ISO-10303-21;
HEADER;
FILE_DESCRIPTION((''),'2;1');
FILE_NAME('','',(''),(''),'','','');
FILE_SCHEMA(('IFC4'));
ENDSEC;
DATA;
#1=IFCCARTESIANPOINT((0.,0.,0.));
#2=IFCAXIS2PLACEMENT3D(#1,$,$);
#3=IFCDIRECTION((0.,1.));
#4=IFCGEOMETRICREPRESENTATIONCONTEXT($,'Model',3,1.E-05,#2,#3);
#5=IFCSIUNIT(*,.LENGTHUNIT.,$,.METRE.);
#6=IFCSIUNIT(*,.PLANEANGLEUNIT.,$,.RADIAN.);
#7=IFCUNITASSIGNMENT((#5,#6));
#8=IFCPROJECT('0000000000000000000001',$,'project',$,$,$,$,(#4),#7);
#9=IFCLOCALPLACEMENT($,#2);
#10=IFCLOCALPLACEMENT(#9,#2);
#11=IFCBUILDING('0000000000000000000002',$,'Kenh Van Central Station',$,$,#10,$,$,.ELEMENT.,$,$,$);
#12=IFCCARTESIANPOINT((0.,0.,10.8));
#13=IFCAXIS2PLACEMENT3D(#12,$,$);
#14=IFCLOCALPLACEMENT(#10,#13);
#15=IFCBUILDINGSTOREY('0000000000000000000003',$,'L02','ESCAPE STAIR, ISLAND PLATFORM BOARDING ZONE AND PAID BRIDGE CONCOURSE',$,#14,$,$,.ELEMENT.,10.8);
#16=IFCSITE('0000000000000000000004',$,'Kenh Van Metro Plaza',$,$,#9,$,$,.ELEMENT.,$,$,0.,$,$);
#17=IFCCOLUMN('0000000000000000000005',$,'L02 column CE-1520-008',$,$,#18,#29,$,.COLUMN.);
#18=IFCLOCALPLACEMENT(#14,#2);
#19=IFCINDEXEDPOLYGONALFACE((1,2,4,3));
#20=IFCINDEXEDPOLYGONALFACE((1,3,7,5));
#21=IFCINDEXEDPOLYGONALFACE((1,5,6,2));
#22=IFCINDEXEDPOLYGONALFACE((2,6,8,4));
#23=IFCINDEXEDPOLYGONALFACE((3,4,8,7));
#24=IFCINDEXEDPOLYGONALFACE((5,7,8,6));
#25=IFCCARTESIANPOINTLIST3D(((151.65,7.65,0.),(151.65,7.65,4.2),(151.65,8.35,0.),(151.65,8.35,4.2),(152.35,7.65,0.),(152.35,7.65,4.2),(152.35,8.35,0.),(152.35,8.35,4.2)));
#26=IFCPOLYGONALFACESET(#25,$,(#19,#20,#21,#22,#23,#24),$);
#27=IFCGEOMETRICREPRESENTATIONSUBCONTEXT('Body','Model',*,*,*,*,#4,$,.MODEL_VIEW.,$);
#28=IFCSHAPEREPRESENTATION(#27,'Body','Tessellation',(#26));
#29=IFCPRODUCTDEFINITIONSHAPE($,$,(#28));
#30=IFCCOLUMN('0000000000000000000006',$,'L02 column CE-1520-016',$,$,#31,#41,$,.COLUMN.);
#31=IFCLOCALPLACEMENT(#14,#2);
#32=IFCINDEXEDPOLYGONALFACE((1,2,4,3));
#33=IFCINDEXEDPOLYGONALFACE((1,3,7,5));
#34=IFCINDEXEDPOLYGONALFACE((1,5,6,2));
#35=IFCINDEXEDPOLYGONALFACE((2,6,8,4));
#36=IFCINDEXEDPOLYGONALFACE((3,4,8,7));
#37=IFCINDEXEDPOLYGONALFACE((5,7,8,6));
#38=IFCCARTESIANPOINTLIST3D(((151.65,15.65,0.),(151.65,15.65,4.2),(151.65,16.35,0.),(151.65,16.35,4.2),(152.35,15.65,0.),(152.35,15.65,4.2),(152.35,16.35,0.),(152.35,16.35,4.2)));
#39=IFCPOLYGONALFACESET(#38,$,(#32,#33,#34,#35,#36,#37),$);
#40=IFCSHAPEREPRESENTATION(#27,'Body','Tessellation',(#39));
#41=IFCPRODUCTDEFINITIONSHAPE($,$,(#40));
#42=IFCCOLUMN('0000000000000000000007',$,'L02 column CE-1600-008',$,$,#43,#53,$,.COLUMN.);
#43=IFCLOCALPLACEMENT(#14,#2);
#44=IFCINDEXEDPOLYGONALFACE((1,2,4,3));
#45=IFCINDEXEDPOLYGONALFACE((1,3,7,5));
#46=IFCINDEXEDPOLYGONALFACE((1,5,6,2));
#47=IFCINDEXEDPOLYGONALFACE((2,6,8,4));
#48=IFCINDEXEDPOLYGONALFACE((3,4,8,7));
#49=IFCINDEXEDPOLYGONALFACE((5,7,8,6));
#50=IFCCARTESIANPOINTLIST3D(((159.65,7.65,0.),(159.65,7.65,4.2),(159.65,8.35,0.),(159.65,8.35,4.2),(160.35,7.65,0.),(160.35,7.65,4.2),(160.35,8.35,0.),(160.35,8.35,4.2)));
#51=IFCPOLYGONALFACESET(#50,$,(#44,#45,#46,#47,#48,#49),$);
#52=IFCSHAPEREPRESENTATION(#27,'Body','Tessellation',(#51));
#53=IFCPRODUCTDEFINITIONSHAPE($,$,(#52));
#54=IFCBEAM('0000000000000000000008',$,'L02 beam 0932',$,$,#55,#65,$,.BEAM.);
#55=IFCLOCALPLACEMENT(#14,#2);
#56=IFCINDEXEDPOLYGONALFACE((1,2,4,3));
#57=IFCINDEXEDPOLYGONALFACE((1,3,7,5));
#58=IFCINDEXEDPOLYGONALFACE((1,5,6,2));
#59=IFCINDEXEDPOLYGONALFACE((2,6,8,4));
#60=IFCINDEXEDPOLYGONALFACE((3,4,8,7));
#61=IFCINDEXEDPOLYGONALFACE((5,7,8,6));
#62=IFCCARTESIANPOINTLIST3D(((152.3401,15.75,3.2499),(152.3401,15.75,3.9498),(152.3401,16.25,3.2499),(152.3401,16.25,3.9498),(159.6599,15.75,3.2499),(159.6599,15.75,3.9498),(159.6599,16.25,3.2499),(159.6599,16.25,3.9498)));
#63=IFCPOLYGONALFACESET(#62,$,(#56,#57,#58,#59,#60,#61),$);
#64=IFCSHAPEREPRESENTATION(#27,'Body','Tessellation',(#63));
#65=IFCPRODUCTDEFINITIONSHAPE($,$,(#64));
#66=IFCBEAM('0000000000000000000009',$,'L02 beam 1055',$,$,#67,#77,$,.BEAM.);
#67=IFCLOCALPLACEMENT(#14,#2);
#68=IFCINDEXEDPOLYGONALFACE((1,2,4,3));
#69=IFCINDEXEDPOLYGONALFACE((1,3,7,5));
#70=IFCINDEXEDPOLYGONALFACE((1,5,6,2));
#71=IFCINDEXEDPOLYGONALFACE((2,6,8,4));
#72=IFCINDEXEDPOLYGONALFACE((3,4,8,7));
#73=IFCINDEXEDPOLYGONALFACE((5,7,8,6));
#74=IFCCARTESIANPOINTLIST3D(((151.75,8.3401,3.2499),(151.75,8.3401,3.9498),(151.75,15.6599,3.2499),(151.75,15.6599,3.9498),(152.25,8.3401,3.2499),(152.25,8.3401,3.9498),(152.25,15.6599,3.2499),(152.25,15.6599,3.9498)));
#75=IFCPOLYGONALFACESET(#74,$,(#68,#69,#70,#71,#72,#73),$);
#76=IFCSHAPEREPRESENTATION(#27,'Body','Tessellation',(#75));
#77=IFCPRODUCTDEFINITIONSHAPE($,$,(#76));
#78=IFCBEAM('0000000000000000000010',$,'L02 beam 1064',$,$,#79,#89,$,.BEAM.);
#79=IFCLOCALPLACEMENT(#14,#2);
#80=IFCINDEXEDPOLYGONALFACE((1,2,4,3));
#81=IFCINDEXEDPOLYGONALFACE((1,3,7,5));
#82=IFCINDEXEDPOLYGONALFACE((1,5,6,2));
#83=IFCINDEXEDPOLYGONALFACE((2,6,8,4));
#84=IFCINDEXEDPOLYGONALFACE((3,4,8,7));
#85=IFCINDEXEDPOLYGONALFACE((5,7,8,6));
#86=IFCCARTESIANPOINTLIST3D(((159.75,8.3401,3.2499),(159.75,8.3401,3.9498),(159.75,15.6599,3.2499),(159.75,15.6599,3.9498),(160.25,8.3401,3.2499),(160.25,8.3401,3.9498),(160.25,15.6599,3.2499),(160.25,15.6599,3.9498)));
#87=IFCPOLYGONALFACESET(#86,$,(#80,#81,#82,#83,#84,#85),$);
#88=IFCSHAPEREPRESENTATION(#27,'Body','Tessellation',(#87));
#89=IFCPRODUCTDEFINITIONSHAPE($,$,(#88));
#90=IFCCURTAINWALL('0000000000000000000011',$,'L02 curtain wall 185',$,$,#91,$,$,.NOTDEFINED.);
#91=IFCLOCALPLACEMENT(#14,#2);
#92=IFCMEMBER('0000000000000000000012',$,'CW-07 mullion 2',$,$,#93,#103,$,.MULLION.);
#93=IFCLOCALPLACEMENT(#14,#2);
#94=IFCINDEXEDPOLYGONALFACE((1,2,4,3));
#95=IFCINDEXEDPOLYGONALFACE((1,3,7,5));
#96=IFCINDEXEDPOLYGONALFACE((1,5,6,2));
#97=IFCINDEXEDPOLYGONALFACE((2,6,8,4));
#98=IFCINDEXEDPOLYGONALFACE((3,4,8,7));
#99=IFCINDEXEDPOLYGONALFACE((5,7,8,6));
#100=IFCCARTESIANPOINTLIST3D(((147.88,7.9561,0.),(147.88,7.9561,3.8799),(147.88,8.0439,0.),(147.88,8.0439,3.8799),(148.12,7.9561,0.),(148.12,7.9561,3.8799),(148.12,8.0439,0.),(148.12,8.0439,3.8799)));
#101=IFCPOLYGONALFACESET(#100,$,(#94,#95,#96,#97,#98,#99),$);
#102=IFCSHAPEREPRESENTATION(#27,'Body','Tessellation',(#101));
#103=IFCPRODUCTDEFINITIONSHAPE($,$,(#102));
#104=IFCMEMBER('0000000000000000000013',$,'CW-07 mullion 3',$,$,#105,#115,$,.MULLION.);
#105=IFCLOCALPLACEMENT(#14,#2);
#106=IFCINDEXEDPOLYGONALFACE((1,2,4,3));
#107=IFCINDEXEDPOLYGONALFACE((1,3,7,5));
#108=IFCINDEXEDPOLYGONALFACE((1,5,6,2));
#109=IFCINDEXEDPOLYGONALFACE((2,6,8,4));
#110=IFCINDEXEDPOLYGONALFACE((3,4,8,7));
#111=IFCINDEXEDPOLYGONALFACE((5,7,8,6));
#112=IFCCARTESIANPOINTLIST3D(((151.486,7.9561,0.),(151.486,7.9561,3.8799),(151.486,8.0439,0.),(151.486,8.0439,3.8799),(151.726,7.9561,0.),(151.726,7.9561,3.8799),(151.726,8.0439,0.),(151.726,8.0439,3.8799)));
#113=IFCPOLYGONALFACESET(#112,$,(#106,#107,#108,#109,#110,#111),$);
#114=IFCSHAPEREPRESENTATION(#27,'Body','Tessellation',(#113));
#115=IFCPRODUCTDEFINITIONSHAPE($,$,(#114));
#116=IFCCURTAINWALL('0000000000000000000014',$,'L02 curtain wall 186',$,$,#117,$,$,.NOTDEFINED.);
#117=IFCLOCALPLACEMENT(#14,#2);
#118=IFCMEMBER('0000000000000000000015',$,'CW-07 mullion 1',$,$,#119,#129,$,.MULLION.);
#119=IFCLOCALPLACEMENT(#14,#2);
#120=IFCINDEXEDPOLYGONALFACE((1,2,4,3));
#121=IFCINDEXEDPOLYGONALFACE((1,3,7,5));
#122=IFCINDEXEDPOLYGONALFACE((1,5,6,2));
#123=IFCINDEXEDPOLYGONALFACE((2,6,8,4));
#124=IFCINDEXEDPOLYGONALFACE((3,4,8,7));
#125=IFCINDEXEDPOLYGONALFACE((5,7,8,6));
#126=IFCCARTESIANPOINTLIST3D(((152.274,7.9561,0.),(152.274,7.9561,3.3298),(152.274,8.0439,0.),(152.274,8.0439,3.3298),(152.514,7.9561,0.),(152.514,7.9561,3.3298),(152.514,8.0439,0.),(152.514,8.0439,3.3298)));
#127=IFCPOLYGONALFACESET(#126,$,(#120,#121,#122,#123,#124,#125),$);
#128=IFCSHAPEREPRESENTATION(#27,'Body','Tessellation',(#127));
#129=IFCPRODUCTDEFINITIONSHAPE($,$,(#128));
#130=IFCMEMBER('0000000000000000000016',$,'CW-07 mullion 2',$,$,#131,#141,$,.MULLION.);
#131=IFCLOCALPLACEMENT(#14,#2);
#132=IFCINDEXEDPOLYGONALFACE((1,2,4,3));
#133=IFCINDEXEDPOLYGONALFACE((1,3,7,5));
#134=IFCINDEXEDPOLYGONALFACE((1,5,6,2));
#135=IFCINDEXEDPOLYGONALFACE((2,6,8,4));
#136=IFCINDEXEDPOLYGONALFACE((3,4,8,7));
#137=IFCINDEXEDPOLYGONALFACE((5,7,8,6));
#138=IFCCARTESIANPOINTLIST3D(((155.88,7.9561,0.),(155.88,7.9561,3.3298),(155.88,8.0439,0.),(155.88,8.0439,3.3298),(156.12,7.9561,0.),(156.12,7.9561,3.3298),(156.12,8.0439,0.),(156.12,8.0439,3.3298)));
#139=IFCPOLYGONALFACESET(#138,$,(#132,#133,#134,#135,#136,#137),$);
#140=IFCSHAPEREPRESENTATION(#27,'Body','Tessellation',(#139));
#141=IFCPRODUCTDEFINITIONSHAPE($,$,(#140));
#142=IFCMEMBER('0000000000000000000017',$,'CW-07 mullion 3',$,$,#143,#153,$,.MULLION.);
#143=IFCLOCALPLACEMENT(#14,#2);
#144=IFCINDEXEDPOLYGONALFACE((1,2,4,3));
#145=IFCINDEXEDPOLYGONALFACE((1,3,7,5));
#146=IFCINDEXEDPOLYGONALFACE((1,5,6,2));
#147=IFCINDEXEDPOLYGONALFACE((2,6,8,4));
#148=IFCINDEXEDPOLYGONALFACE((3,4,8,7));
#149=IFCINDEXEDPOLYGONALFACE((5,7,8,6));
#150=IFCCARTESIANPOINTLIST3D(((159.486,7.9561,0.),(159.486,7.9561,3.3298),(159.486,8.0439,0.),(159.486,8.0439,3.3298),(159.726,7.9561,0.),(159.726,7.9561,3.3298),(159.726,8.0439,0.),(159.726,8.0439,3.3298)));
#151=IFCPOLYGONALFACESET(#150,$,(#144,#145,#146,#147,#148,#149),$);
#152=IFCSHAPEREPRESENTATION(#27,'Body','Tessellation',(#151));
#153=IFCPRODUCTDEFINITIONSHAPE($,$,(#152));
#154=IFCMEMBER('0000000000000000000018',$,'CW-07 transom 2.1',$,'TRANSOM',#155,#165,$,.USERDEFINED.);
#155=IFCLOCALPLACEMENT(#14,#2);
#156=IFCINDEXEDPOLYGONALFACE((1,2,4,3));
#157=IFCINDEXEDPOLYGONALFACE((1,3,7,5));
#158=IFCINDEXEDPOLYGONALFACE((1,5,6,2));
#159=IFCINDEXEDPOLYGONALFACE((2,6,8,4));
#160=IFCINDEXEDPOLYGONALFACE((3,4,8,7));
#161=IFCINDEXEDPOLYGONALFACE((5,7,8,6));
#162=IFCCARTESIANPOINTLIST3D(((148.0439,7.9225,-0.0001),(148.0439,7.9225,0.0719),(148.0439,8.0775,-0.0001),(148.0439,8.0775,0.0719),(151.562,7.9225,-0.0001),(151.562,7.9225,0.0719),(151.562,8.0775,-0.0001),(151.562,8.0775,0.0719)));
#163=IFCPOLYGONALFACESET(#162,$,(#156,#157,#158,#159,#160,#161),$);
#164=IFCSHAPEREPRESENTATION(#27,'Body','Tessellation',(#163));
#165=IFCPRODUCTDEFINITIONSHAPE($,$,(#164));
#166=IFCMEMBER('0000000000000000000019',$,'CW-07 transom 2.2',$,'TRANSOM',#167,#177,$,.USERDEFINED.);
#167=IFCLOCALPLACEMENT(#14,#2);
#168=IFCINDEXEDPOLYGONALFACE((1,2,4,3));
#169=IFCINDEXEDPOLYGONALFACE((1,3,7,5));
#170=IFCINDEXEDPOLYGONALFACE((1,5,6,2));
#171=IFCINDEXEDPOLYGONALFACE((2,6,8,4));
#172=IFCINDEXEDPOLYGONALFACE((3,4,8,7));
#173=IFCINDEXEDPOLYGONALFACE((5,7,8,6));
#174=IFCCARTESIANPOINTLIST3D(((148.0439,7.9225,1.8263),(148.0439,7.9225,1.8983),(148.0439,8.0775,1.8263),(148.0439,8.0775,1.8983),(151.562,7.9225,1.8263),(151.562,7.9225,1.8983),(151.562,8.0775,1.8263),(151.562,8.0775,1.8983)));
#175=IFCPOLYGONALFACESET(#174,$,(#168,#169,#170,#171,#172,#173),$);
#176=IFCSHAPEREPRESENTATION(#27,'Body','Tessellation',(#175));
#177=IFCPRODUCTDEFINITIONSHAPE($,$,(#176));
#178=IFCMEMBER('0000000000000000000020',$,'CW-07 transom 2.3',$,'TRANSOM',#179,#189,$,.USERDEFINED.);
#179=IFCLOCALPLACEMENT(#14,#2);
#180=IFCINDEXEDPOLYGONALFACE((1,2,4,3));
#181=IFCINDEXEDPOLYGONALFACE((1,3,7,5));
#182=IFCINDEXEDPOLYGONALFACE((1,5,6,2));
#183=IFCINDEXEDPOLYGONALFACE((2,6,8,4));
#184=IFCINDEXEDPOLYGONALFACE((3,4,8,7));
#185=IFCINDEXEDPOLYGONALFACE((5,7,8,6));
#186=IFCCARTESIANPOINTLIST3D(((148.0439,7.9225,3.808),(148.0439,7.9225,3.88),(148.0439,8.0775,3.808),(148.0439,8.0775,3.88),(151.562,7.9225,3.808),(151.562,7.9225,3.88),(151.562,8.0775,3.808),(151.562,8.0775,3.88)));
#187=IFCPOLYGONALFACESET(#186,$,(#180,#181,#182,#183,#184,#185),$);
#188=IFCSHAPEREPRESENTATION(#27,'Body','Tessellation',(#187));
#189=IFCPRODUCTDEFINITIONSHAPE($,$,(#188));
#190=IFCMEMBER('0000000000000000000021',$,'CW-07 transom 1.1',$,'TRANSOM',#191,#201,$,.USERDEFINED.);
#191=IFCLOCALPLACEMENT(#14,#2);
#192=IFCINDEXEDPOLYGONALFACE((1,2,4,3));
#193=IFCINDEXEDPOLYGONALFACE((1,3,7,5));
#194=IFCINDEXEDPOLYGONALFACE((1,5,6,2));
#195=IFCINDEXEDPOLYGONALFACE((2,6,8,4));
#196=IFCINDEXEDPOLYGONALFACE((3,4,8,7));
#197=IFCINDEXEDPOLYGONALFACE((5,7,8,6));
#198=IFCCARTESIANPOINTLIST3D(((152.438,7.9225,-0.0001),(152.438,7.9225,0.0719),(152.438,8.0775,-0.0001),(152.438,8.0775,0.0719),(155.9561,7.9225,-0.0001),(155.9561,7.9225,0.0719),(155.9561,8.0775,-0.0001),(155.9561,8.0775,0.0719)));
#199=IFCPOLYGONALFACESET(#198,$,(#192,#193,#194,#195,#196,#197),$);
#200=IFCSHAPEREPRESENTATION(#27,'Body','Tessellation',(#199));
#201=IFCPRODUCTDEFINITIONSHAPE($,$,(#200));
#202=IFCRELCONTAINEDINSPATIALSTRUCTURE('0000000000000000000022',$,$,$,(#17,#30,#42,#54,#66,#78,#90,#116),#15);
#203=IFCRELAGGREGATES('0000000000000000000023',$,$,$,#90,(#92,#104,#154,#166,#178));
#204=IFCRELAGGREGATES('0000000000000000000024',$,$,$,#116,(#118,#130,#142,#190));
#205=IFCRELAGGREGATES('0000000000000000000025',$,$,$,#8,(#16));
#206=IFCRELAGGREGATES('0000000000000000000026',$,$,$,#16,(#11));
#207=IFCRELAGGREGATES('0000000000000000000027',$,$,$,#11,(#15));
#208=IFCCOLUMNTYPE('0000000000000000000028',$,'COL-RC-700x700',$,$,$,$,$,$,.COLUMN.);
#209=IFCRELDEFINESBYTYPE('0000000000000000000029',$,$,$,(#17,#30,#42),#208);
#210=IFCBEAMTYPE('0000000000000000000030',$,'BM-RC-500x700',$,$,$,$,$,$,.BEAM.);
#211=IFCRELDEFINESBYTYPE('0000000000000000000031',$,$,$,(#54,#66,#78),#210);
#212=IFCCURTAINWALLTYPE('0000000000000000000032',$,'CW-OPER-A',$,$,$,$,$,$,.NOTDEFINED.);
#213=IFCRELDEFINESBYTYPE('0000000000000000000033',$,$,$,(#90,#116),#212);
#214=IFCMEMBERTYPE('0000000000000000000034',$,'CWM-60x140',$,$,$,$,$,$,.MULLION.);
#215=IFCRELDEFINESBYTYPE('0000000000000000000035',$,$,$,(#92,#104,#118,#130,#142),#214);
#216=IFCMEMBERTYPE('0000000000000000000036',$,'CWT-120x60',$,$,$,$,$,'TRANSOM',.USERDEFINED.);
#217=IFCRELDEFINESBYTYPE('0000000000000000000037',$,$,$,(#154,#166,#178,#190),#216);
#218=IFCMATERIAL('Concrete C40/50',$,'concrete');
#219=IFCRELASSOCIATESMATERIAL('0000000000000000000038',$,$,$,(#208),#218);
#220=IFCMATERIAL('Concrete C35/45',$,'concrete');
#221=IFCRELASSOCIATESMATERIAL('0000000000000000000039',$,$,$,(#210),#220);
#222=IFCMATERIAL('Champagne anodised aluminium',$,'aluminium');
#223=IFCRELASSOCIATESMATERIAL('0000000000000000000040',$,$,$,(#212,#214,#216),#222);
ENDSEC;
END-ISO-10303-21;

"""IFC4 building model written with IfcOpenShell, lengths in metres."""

from ifc_helpers import new_model, si_unit, direction, frame, origin, origin_2d, place, context, subcontext, project, spatial, rectangle, extrude, material, material_profile, profile_set, type_object, element, aggregate, save


model = new_model("IFC4")

# Units and contexts
model_context = context("Model", 3, precision=1e-05, world=origin(), true_north=direction((0.0, 1.0)))
body_context = subcontext(model_context, "Body", "Model", "MODEL_VIEW")
ifc_project = project(units=[si_unit("LENGTHUNIT", "METRE"), si_unit("PLANEANGLEUNIT", "RADIAN")], contexts=[model_context])

# Site, building, storey
site_placement = place(None, origin())
site = spatial("IfcSite", under=ifc_project, at=site_placement, Name="Kenh Van Metro Plaza", CompositionType="ELEMENT", RefElevation=0.0)
building_placement = place(site_placement, origin())
building = spatial("IfcBuilding", under=site, at=building_placement, Name="Kenh Van Central Station", CompositionType="ELEMENT")
storey_placement = place(building_placement, frame((0.0, 0.0, 10.8)))
storey = spatial("IfcBuildingStorey", under=building, at=storey_placement, Name="L02", Description="ESCAPE STAIR, ISLAND PLATFORM BOARDING ZONE AND PAID BRIDGE CONCOURSE", CompositionType="ELEMENT", Elevation=10.8)

# Columns
ifc_material_1 = material(Name="Concrete C40/50", Category="concrete")
ifc_material_profile_1 = material_profile(ifc_material_1, rectangle(XDim=0.7, YDim=0.7, at=origin_2d()), Name="RC 700x700")
ifc_profile_set_1 = profile_set([ifc_material_profile_1], Name="Concrete C40/50")
column_type = type_object("IfcColumnType", Name="COL-RC-700x700", PredefinedType="COLUMN", material=ifc_profile_set_1)
for number, where, z_axis, x_axis, name in (
    (1, (152.0, 8.0, 0.0), (0.0, 0.0, 1.0), (1.0, 0.0, 0.0), "L02 column CE-1520-008"),
    (2, (152.0, 16.0, 0.0), (0.0, 0.0, 1.0), (1.0, 0.0, 0.0), "L02 column CE-1520-016"),
    (3, (160.0, 8.0, 0.0), (0.0, 0.0, 1.0), (1.0, 0.0, 0.0), "L02 column CE-1600-008"),
):
    element("IfcColumn", number, at=place(storey_placement, frame(where, z_axis=z_axis, x_axis=x_axis)), inside=storey, type_object=column_type, Name=name, PredefinedType="COLUMN", context=body_context, shape_type="SweptSolid", body=[
        extrude(rectangle(XDim=0.7, YDim=0.7, at=origin_2d()), origin(), (0.0, 0.0, 1.0), 4.2),
    ])

# Beams
ifc_material_2 = material(Name="Concrete C35/45", Category="concrete")
ifc_material_profile_2 = material_profile(ifc_material_2, rectangle(XDim=0.5, YDim=0.7, at=origin_2d()), Name="RC 500x700")
ifc_profile_set_2 = profile_set([ifc_material_profile_2], Name="Concrete C35/45")
beam_type_1 = type_object("IfcBeamType", Name="BM-RC-500x700", PredefinedType="BEAM", material=ifc_profile_set_2)
for number, where, z_axis, x_axis, name in (
    (4, (152.3401, 16.0, 3.5999), (1.0, 0.0, 0.0), (0.0, 1.0, 0.0), "L02 beam 0932"),
    (5, (152.0, 8.3401, 3.5999), (0.0, 1.0, 0.0), (-1.0, 0.0, 0.0), "L02 beam 1055"),
    (6, (160.0, 8.3401, 3.5999), (0.0, 1.0, 0.0), (-1.0, 0.0, 0.0), "L02 beam 1064"),
):
    element("IfcBeam", number, at=place(storey_placement, frame(where, z_axis=z_axis, x_axis=x_axis)), inside=storey, type_object=beam_type_1, Name=name, PredefinedType="BEAM", context=body_context, shape_type="SweptSolid", body=[
        extrude(rectangle(XDim=0.5, YDim=0.7, at=origin_2d()), origin(), (0.0, 0.0, 1.0), 7.3198),
    ])

# Curtain walls, members
ifc_material_3 = material(Name="Champagne anodised aluminium", Category="aluminium")
curtain_wall_type = type_object("IfcCurtainWallType", Name="CW-OPER-A", PredefinedType="NOTDEFINED", material=ifc_material_3)
curtain_wall_1_placement = place(storey_placement, origin())
curtain_wall_1 = element("IfcCurtainWall", 7, at=curtain_wall_1_placement, inside=storey, type_object=curtain_wall_type, Name="L02 curtain wall 185", PredefinedType="NOTDEFINED")
ifc_material_profile_3 = material_profile(ifc_material_3, rectangle(XDim=0.0879, YDim=0.24, at=origin_2d()), Name="AL 88x240")
ifc_profile_set_3 = profile_set([ifc_material_profile_3], Name="Champagne anodised aluminium")
member_type_1 = type_object("IfcMemberType", Name="CWM-60x140", PredefinedType="MULLION", material=ifc_profile_set_3)
member_1_placement = place(storey_placement, frame((148.0, 8.0, 0.0), z_axis=(0.0, 0.0, 1.0), x_axis=(0.0, 1.0, 0.0)))
member_1 = element("IfcMember", 8, at=member_1_placement, type_object=member_type_1, Name="CW-07 mullion 2", PredefinedType="MULLION", context=body_context, shape_type="SweptSolid", body=[
    extrude(rectangle(XDim=0.0879, YDim=0.24, at=origin_2d()), origin(), (0.0, 0.0, 1.0), 3.8799),
])
member_2_placement = place(storey_placement, frame((151.606, 8.0, 0.0), z_axis=(0.0, 0.0, 1.0), x_axis=(0.0, 1.0, 0.0)))
member_2 = element("IfcMember", 9, at=member_2_placement, type_object=member_type_1, Name="CW-07 mullion 3", PredefinedType="MULLION", context=body_context, shape_type="SweptSolid", body=[
    extrude(rectangle(XDim=0.0879, YDim=0.24, at=origin_2d()), origin(), (0.0, 0.0, 1.0), 3.8799),
])
curtain_wall_2_placement = place(storey_placement, origin())
curtain_wall_2 = element("IfcCurtainWall", 10, at=curtain_wall_2_placement, inside=storey, type_object=curtain_wall_type, Name="L02 curtain wall 186", PredefinedType="NOTDEFINED")
member_3_placement = place(storey_placement, frame((152.394, 8.0, 0.0), z_axis=(0.0, 0.0, 1.0), x_axis=(0.0, 1.0, 0.0)))
member_3 = element("IfcMember", 11, at=member_3_placement, type_object=member_type_1, Name="CW-07 mullion 1", PredefinedType="MULLION", context=body_context, shape_type="SweptSolid", body=[
    extrude(rectangle(XDim=0.0879, YDim=0.24, at=origin_2d()), origin(), (0.0, 0.0, 1.0), 3.3298),
])
member_4_placement = place(storey_placement, frame((156.0, 8.0, 0.0), z_axis=(0.0, 0.0, 1.0), x_axis=(0.0, 1.0, 0.0)))
member_4 = element("IfcMember", 12, at=member_4_placement, type_object=member_type_1, Name="CW-07 mullion 2", PredefinedType="MULLION", context=body_context, shape_type="SweptSolid", body=[
    extrude(rectangle(XDim=0.0879, YDim=0.24, at=origin_2d()), origin(), (0.0, 0.0, 1.0), 3.3298),
])
member_5_placement = place(storey_placement, frame((159.606, 8.0, 0.0), z_axis=(0.0, 0.0, 1.0), x_axis=(0.0, 1.0, 0.0)))
member_5 = element("IfcMember", 13, at=member_5_placement, type_object=member_type_1, Name="CW-07 mullion 3", PredefinedType="MULLION", context=body_context, shape_type="SweptSolid", body=[
    extrude(rectangle(XDim=0.0879, YDim=0.24, at=origin_2d()), origin(), (0.0, 0.0, 1.0), 3.3298),
])

# Members
ifc_material_profile_4 = material_profile(ifc_material_3, rectangle(XDim=0.155, YDim=0.072, at=origin_2d()), Name="AL 155x72")
ifc_profile_set_4 = profile_set([ifc_material_profile_4], Name="Champagne anodised aluminium")
member_type_2 = type_object("IfcMemberType", Name="CWT-120x60", ElementType="TRANSOM", PredefinedType="USERDEFINED", material=ifc_profile_set_4)
member_6_placement = place(storey_placement, frame((148.0439, 8.0, 0.0359), z_axis=(1.0, 0.0, 0.0), x_axis=(0.0, 1.0, 0.0)))
member_6 = element("IfcMember", 14, at=member_6_placement, type_object=member_type_2, Name="CW-07 transom 2.1", ObjectType="TRANSOM", PredefinedType="USERDEFINED", context=body_context, shape_type="SweptSolid", body=[
    extrude(rectangle(XDim=0.155, YDim=0.072, at=origin_2d()), origin(), (0.0, 0.0, 1.0), 3.5181),
])
member_7_placement = place(storey_placement, frame((148.0439, 8.0, 1.8623), z_axis=(1.0, 0.0, 0.0), x_axis=(0.0, 1.0, 0.0)))
member_7 = element("IfcMember", 15, at=member_7_placement, type_object=member_type_2, Name="CW-07 transom 2.2", ObjectType="TRANSOM", PredefinedType="USERDEFINED", context=body_context, shape_type="SweptSolid", body=[
    extrude(rectangle(XDim=0.155, YDim=0.072, at=origin_2d()), origin(), (0.0, 0.0, 1.0), 3.5181),
])
member_8_placement = place(storey_placement, frame((148.0439, 8.0, 3.844), z_axis=(1.0, 0.0, 0.0), x_axis=(0.0, 1.0, 0.0)))
member_8 = element("IfcMember", 16, at=member_8_placement, type_object=member_type_2, Name="CW-07 transom 2.3", ObjectType="TRANSOM", PredefinedType="USERDEFINED", context=body_context, shape_type="SweptSolid", body=[
    extrude(rectangle(XDim=0.155, YDim=0.072, at=origin_2d()), origin(), (0.0, 0.0, 1.0), 3.5181),
])
member_9_placement = place(storey_placement, frame((152.438, 8.0, 0.0359), z_axis=(1.0, 0.0, 0.0), x_axis=(0.0, 1.0, 0.0)))
member_9 = element("IfcMember", 17, at=member_9_placement, type_object=member_type_2, Name="CW-07 transom 1.1", ObjectType="TRANSOM", PredefinedType="USERDEFINED", context=body_context, shape_type="SweptSolid", body=[
    extrude(rectangle(XDim=0.155, YDim=0.072, at=origin_2d()), origin(), (0.0, 0.0, 1.0), 3.5181),
])

aggregate(curtain_wall_1, [member_1, member_2, member_6, member_7, member_8])
aggregate(curtain_wall_2, [member_3, member_4, member_5, member_9])

save(model, "model.ifc")
